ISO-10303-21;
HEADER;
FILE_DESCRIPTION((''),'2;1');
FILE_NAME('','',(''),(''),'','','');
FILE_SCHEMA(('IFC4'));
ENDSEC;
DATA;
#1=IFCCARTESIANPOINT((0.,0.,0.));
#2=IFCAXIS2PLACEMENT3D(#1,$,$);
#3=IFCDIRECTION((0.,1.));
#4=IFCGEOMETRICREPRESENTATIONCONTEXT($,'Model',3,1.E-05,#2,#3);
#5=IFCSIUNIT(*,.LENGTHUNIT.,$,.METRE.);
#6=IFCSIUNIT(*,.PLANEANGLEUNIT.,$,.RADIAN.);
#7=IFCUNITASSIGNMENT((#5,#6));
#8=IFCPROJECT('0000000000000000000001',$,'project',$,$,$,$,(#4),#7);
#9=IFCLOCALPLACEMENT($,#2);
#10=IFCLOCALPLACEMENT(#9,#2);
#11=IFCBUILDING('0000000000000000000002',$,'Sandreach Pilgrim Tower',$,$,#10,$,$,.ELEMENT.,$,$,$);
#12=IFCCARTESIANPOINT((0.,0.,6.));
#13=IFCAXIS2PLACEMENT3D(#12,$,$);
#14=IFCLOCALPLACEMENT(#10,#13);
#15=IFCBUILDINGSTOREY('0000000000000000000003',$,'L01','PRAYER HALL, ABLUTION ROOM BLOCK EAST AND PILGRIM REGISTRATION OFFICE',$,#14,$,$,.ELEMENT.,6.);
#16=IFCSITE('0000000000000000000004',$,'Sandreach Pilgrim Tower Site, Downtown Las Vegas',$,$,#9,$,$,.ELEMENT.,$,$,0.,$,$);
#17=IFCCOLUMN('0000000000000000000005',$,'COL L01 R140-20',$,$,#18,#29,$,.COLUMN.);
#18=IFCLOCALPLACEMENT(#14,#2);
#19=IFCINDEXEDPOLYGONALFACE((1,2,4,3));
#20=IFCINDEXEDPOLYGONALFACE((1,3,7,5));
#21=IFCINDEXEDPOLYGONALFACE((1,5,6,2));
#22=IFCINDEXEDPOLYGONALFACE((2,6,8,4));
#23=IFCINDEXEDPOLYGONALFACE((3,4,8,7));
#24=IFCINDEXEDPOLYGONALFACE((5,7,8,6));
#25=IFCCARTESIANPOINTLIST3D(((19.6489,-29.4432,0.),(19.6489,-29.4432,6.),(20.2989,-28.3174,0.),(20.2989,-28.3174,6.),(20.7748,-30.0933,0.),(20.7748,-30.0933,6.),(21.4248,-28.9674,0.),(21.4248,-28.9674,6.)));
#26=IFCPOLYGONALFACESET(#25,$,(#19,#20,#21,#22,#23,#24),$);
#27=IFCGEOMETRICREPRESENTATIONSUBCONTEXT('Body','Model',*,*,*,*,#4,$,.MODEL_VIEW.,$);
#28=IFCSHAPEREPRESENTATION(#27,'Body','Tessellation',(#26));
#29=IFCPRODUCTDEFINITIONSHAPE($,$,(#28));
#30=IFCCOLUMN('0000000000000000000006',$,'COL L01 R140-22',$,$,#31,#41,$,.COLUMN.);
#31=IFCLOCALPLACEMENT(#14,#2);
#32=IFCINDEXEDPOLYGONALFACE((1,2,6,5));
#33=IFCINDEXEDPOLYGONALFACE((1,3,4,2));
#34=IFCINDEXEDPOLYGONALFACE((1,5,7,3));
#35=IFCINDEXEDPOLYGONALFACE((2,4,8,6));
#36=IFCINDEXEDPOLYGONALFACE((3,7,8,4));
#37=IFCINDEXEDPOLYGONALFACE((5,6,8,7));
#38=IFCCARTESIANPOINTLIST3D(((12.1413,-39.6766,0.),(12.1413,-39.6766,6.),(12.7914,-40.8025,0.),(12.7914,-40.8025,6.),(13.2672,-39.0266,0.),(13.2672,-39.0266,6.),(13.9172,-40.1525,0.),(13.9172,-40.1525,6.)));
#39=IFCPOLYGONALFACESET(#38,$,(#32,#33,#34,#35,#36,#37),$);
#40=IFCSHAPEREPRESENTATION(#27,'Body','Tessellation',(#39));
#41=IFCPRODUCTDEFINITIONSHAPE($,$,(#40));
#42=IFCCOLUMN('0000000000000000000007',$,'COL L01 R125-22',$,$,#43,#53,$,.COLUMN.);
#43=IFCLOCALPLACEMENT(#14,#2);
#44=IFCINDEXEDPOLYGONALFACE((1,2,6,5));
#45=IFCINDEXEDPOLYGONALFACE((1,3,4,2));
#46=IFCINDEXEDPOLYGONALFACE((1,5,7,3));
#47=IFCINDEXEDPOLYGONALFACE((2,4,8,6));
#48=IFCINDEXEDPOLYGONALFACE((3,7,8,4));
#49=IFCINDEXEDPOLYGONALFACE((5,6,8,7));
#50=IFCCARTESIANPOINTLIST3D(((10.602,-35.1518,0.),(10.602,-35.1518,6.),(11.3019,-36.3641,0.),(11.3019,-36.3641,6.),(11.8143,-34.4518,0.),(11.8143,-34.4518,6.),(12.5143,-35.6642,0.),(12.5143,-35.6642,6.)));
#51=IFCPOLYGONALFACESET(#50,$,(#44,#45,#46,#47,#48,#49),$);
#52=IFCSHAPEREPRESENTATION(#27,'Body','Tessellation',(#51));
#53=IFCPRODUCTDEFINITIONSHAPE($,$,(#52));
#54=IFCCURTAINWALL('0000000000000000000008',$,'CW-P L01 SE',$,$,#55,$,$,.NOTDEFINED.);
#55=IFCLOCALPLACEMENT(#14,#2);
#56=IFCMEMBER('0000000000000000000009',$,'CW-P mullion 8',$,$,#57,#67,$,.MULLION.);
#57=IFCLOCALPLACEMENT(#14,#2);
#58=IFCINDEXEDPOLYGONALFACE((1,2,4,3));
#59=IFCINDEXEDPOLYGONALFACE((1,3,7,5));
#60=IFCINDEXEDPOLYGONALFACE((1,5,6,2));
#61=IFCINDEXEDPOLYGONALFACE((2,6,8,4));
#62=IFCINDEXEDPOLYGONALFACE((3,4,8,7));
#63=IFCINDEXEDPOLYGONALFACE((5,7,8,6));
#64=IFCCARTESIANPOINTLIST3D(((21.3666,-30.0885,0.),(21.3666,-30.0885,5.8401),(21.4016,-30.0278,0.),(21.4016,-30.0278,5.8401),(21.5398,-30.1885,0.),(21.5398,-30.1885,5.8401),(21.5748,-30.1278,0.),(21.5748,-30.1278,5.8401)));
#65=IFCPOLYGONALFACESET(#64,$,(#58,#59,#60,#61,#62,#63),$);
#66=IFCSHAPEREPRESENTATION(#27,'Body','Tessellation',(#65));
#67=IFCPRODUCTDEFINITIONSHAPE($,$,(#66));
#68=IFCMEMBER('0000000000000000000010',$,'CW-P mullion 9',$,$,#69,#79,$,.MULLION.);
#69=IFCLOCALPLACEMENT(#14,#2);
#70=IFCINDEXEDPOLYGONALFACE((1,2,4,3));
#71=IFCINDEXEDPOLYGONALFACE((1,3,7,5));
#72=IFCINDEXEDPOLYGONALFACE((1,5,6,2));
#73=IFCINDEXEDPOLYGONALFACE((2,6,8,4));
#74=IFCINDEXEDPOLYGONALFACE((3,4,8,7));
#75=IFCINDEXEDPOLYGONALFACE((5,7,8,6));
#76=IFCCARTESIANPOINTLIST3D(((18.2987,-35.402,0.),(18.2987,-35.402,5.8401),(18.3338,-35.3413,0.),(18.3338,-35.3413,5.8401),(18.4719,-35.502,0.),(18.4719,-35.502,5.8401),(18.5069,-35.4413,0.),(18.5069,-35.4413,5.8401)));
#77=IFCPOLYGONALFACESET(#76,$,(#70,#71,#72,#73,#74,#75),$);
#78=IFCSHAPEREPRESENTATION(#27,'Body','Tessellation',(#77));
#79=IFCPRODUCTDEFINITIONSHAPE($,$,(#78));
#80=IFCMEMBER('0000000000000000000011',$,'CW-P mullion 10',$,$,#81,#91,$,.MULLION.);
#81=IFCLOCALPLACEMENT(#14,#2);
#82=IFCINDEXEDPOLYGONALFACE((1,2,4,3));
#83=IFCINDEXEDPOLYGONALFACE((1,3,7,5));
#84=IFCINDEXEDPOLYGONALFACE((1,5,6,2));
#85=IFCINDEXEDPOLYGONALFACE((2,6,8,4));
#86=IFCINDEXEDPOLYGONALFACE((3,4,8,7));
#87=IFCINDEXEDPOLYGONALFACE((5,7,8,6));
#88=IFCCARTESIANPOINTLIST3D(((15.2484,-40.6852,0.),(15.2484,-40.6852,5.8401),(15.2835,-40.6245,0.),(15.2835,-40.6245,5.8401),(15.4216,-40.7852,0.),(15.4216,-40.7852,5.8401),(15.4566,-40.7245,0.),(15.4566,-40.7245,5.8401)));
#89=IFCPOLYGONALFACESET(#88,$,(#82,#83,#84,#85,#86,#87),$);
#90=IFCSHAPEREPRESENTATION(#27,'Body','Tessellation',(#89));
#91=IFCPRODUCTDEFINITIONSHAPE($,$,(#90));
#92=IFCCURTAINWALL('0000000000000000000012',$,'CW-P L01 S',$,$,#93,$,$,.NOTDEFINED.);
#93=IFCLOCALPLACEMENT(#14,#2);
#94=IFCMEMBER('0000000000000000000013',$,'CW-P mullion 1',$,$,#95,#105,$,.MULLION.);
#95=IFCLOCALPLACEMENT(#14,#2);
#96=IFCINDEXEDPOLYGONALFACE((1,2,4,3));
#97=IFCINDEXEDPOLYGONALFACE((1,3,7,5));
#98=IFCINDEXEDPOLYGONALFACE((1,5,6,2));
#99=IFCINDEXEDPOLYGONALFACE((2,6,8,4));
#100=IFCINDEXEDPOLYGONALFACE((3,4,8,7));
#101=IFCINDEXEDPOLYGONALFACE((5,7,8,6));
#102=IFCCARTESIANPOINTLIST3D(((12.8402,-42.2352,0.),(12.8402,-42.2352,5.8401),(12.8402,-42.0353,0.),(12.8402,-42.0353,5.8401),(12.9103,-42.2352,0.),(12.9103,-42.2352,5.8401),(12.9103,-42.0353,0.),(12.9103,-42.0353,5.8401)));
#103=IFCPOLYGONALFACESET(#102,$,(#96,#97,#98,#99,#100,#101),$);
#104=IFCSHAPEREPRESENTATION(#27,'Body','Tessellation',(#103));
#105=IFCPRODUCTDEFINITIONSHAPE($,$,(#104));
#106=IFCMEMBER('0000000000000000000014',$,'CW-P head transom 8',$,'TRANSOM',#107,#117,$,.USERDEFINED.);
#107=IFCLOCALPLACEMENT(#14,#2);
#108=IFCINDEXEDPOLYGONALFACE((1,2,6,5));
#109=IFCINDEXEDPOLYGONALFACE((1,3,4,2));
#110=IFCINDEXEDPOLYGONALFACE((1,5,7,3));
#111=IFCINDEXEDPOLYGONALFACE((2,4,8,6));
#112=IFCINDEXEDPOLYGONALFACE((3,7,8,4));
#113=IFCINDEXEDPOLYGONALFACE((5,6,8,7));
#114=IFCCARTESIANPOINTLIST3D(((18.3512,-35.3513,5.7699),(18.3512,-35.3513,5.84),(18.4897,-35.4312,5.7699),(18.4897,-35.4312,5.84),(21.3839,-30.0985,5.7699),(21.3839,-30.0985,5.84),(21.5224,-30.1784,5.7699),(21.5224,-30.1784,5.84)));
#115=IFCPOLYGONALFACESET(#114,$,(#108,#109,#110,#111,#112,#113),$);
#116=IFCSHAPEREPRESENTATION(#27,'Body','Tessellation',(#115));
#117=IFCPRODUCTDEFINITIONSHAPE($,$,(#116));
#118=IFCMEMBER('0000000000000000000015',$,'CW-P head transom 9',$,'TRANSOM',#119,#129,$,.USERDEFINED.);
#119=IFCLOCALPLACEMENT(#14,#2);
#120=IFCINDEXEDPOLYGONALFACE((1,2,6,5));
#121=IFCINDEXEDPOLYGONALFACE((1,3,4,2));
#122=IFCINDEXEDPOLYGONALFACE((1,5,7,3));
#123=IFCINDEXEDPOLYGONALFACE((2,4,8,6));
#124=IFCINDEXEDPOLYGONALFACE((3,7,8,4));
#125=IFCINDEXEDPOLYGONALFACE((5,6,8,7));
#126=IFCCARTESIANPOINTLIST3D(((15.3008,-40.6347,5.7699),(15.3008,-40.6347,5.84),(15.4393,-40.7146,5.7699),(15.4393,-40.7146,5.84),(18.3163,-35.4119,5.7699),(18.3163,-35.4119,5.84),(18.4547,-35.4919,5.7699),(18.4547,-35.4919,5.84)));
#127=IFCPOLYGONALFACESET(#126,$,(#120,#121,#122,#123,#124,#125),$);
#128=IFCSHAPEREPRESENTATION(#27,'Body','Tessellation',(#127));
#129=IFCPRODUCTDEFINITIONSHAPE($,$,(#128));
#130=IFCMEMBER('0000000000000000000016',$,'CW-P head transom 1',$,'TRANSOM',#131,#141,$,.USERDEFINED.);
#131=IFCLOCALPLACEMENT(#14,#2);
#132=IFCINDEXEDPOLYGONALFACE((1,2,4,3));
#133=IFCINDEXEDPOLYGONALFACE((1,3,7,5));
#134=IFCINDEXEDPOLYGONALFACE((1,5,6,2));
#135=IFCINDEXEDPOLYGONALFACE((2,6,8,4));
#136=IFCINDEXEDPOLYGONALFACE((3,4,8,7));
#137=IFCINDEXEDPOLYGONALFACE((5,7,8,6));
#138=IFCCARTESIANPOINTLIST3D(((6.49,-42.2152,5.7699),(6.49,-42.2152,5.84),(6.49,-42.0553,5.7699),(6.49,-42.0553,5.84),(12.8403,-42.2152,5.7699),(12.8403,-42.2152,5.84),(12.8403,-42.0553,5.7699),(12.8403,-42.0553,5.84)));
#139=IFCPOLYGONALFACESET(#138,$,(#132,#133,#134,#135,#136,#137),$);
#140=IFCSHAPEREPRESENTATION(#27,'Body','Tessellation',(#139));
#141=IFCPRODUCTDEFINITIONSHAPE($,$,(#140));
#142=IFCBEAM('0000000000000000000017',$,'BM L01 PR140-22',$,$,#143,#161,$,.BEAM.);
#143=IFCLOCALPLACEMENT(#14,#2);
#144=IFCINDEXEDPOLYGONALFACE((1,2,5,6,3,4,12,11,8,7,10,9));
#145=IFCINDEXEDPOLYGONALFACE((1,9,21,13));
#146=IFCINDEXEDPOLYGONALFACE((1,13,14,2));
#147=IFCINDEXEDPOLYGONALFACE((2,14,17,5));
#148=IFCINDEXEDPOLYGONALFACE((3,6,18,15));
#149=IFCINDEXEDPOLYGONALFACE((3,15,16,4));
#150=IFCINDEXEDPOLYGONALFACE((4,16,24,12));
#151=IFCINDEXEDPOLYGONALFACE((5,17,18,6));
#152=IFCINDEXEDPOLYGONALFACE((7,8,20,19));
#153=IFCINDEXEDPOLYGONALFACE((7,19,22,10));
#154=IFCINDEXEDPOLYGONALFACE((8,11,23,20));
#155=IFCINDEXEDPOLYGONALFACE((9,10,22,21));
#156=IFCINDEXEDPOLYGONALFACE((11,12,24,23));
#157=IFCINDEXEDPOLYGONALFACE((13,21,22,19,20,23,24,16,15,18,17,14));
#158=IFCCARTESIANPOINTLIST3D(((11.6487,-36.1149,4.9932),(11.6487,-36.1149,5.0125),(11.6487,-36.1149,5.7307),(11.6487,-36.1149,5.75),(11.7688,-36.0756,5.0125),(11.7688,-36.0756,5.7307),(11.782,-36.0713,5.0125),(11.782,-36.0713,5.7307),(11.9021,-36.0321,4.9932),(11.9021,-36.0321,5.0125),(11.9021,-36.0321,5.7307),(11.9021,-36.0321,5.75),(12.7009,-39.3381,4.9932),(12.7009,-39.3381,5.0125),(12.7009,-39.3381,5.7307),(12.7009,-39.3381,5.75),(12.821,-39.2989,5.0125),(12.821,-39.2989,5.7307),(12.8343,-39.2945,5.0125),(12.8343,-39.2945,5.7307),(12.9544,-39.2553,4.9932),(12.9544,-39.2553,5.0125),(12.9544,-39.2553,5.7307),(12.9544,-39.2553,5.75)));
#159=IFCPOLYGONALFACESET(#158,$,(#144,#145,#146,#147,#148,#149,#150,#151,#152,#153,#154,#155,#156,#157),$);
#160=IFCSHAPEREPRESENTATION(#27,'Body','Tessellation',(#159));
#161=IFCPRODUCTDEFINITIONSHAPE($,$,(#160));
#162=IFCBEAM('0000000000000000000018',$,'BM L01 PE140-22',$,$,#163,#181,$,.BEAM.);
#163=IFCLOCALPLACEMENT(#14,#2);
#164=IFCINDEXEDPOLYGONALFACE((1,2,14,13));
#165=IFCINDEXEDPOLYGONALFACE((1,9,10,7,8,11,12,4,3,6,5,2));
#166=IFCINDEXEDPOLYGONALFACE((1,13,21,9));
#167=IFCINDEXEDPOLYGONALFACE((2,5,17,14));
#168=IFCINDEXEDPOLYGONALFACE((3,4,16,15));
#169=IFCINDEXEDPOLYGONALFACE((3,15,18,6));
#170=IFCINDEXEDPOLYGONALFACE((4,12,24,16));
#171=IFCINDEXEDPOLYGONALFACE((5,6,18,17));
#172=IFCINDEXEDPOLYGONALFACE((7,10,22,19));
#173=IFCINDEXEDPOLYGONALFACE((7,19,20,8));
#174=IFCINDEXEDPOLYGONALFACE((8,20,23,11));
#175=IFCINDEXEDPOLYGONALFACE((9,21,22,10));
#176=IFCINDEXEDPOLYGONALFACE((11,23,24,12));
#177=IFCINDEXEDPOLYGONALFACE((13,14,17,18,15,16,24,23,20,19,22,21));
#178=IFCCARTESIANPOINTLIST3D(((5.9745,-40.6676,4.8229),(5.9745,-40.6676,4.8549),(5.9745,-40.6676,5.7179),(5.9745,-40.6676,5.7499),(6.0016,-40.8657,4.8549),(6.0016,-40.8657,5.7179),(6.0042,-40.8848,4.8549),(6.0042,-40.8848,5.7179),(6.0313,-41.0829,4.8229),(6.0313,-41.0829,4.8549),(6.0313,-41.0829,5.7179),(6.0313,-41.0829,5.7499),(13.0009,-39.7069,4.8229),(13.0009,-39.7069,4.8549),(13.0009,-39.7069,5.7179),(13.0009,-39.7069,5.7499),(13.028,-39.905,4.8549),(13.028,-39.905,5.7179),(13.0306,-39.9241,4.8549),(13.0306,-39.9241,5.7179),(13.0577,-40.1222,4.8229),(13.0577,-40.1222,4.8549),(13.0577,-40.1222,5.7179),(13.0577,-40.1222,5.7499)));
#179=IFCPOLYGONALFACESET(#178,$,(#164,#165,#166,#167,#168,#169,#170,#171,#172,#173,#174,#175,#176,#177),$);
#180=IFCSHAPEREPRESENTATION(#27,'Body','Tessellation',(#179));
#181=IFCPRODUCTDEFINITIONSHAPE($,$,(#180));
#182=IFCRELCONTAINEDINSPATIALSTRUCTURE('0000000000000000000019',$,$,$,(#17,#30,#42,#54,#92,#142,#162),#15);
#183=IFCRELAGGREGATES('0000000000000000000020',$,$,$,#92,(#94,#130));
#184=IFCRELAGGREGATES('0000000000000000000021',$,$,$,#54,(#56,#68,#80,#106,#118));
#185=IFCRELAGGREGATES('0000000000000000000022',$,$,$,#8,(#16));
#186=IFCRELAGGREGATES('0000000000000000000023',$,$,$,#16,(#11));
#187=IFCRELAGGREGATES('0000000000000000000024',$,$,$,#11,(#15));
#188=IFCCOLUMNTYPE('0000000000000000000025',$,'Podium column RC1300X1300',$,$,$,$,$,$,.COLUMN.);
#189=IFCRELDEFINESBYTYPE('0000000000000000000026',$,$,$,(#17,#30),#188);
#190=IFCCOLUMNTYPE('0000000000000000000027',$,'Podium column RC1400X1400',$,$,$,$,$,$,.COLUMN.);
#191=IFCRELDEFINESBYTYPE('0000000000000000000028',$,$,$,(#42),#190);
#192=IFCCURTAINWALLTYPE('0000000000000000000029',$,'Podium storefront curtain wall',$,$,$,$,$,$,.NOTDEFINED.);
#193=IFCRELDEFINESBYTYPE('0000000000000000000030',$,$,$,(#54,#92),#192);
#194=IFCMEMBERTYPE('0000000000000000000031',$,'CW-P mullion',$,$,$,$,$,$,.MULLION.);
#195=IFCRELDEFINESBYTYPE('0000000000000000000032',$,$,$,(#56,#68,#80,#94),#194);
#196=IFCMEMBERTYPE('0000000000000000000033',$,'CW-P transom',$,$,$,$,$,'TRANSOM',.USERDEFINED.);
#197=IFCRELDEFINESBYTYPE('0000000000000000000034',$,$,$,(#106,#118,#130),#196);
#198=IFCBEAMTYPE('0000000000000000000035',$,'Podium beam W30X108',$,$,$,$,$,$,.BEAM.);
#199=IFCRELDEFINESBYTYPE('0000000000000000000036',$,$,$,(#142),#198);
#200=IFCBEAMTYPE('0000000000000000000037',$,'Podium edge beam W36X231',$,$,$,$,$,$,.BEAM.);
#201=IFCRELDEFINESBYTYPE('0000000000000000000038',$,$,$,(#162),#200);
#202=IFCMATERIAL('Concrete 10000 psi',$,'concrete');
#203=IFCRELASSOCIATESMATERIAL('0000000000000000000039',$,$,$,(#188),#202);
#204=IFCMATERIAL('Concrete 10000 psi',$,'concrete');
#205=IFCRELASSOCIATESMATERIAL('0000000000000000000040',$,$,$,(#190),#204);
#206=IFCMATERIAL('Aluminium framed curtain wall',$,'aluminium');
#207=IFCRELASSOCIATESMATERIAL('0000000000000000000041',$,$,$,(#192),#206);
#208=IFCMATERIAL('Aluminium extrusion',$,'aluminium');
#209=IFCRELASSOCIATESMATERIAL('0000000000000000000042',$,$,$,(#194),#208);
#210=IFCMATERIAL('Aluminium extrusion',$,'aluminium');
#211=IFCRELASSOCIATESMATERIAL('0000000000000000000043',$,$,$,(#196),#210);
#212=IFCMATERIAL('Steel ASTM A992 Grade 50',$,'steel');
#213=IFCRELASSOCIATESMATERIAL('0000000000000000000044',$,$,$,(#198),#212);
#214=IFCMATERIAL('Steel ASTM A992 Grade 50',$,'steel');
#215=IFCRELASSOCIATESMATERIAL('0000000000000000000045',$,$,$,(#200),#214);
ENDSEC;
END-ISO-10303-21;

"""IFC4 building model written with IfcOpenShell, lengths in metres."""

from ifc_helpers import new_model, si_unit, direction, frame, origin, origin_2d, place, context, subcontext, project, spatial, rectangle, i_section, extrude, material, material_profile, profile_set, type_object, element, aggregate, save


model = new_model("IFC4")

# Units and contexts
model_context = context("Model", 3, precision=1e-05, world=origin(), true_north=direction((0.0, 1.0)))
body_context = subcontext(model_context, "Body", "Model", "MODEL_VIEW")
ifc_project = project(units=[si_unit("LENGTHUNIT", "METRE"), si_unit("PLANEANGLEUNIT", "RADIAN")], contexts=[model_context])

# Site, building, storey
site_placement = place(None, origin())
site = spatial("IfcSite", under=ifc_project, at=site_placement, Name="Sandreach Pilgrim Tower Site, Downtown Las Vegas", CompositionType="ELEMENT", RefElevation=0.0)
building_placement = place(site_placement, origin())
building = spatial("IfcBuilding", under=site, at=building_placement, Name="Sandreach Pilgrim Tower", CompositionType="ELEMENT")
storey_placement = place(building_placement, frame((0.0, 0.0, 6.0)))
storey = spatial("IfcBuildingStorey", under=building, at=storey_placement, Name="L01", Description="PRAYER HALL, ABLUTION ROOM BLOCK EAST AND PILGRIM REGISTRATION OFFICE", CompositionType="ELEMENT", Elevation=6.0)

# Columns
ifc_material_1 = material(Name="Concrete 10000 psi", Category="concrete")
ifc_material_profile_1 = material_profile(ifc_material_1, rectangle(XDim=1.3, YDim=1.3, at=origin_2d()), Name="RC1300X1300")
ifc_profile_set_1 = profile_set([ifc_material_profile_1], Name="Concrete 10000 psi")
column_type_1 = type_object("IfcColumnType", Name="Podium column RC1300X1300", PredefinedType="COLUMN", material=ifc_profile_set_1)
for number, where, z_axis, x_axis, name in (
    (1, (20.5369, -29.2053, 0.0), (0.0, 0.0, 1.0), (0.866025, -0.5, 0.0), "COL L01 R140-20"),
    (2, (13.0293, -39.9146, 0.0), (0.0, 0.0, 1.0), (0.5, -0.866025, 0.0), "COL L01 R140-22"),
):
    element("IfcColumn", number, at=place(storey_placement, frame(where, z_axis=z_axis, x_axis=x_axis)), inside=storey, type_object=column_type_1, Name=name, PredefinedType="COLUMN", context=body_context, shape_type="SweptSolid", body=[
        extrude(rectangle(XDim=1.3, YDim=1.3, at=origin_2d()), origin(), (0.0, 0.0, 1.0), 6.0),
    ])
ifc_material_2 = material(Name="Concrete 10000 psi", Category="concrete")
ifc_material_profile_2 = material_profile(ifc_material_2, rectangle(XDim=1.3999, YDim=1.3999, at=origin_2d()), Name="RC1400X1400")
ifc_profile_set_2 = profile_set([ifc_material_profile_2], Name="Concrete 10000 psi")
column_type_2 = type_object("IfcColumnType", Name="Podium column RC1400X1400", PredefinedType="COLUMN", material=ifc_profile_set_2)
column_placement = place(storey_placement, frame((11.5581, -35.408, 0.0), z_axis=(0.0, 0.0, 1.0), x_axis=(0.5, -0.866025, 0.0)))
element("IfcColumn", 3, at=column_placement, inside=storey, type_object=column_type_2, Name="COL L01 R125-22", PredefinedType="COLUMN", context=body_context, shape_type="SweptSolid", body=[
    extrude(rectangle(XDim=1.3999, YDim=1.3999, at=origin_2d()), origin(), (0.0, 0.0, 1.0), 6.0),
])

# Curtain wall, members
ifc_material_3 = material(Name="Aluminium framed curtain wall", Category="aluminium")
curtain_wall_type = type_object("IfcCurtainWallType", Name="Podium storefront curtain wall", PredefinedType="NOTDEFINED", material=ifc_material_3)
curtain_wall_1_placement = place(storey_placement, origin())
curtain_wall_1 = element("IfcCurtainWall", 4, at=curtain_wall_1_placement, inside=storey, type_object=curtain_wall_type, Name="CW-P L01 SE", PredefinedType="NOTDEFINED")
ifc_material_4 = material(Name="Aluminium extrusion", Category="aluminium")
ifc_material_profile_3 = material_profile(ifc_material_4, rectangle(XDim=0.0701, YDim=0.2, at=origin_2d()), Name="CW-PM 70X200")
ifc_profile_set_3 = profile_set([ifc_material_profile_3], Name="Aluminium extrusion")
member_type_1 = type_object("IfcMemberType", Name="CW-P mullion", PredefinedType="MULLION", material=ifc_profile_set_3)
member_1_placement = place(storey_placement, frame((21.4707, -30.1082, 0.0), z_axis=(0.0, 0.0, 1.0), x_axis=(-0.5, -0.866025, 0.0)))
member_1 = element("IfcMember", 5, at=member_1_placement, type_object=member_type_1, Name="CW-P mullion 8", PredefinedType="MULLION", context=body_context, shape_type="SweptSolid", body=[
    extrude(rectangle(XDim=0.0701, YDim=0.2, at=origin_2d()), origin(), (0.0, 0.0, 1.0), 5.8401),
])
member_2_placement = place(storey_placement, frame((18.4028, -35.4216, 0.0), z_axis=(0.0, 0.0, 1.0), x_axis=(-0.5, -0.866025, 0.0)))
member_2 = element("IfcMember", 6, at=member_2_placement, type_object=member_type_1, Name="CW-P mullion 9", PredefinedType="MULLION", context=body_context, shape_type="SweptSolid", body=[
    extrude(rectangle(XDim=0.0701, YDim=0.2, at=origin_2d()), origin(), (0.0, 0.0, 1.0), 5.8401),
])
member_3_placement = place(storey_placement, frame((15.3525, -40.7048, 0.0), z_axis=(0.0, 0.0, 1.0), x_axis=(-0.5, -0.866025, 0.0)))
member_3 = element("IfcMember", 7, at=member_3_placement, type_object=member_type_1, Name="CW-P mullion 10", PredefinedType="MULLION", context=body_context, shape_type="SweptSolid", body=[
    extrude(rectangle(XDim=0.0701, YDim=0.2, at=origin_2d()), origin(), (0.0, 0.0, 1.0), 5.8401),
])

# Curtain wall, member
curtain_wall_2_placement = place(storey_placement, origin())
curtain_wall_2 = element("IfcCurtainWall", 8, at=curtain_wall_2_placement, inside=storey, type_object=curtain_wall_type, Name="CW-P L01 S", PredefinedType="NOTDEFINED")
member_4_placement = place(storey_placement, frame((12.8752, -42.1353, 0.0), z_axis=(0.0, 0.0, 1.0), x_axis=(-1.0, 0.0, 0.0)))
member_4 = element("IfcMember", 9, at=member_4_placement, type_object=member_type_1, Name="CW-P mullion 1", PredefinedType="MULLION", context=body_context, shape_type="SweptSolid", body=[
    extrude(rectangle(XDim=0.0701, YDim=0.2, at=origin_2d()), origin(), (0.0, 0.0, 1.0), 5.8401),
])

# Members
ifc_material_5 = material(Name="Aluminium extrusion", Category="aluminium")
ifc_material_profile_4 = material_profile(ifc_material_5, rectangle(XDim=0.1599, YDim=0.0701, at=origin_2d()), Name="CW-PT 160X70")
ifc_profile_set_4 = profile_set([ifc_material_profile_4], Name="Aluminium extrusion")
member_type_2 = type_object("IfcMemberType", Name="CW-P transom", ElementType="TRANSOM", PredefinedType="USERDEFINED", material=ifc_profile_set_4)
member_5_placement = place(storey_placement, frame((21.4531, -30.1384, 5.8049), z_axis=(-0.499992, -0.86603, 0.0), x_axis=(0.86603, -0.499992, 0.0)))
member_5 = element("IfcMember", 10, at=member_5_placement, type_object=member_type_2, Name="CW-P head transom 8", ObjectType="TRANSOM", PredefinedType="USERDEFINED", context=body_context, shape_type="SweptSolid", body=[
    extrude(rectangle(XDim=0.1599, YDim=0.0701, at=origin_2d()), origin(), (0.0, 0.0, 1.0), 6.0654),
])
member_6_placement = place(storey_placement, frame((18.3855, -35.4519, 5.8049), z_axis=(-0.50001, -0.86602, 0.0), x_axis=(0.86602, -0.50001, 0.0)))
member_6 = element("IfcMember", 11, at=member_6_placement, type_object=member_type_2, Name="CW-P head transom 9", ObjectType="TRANSOM", PredefinedType="USERDEFINED", context=body_context, shape_type="SweptSolid", body=[
    extrude(rectangle(XDim=0.1599, YDim=0.0701, at=origin_2d()), origin(), (0.0, 0.0, 1.0), 6.0308),
])
member_7_placement = place(storey_placement, frame((12.8403, -42.1353, 5.8049), z_axis=(-1.0, 0.0, 0.0), x_axis=(0.0, -1.0, 0.0)))
member_7 = element("IfcMember", 12, at=member_7_placement, type_object=member_type_2, Name="CW-P head transom 1", ObjectType="TRANSOM", PredefinedType="USERDEFINED", context=body_context, shape_type="SweptSolid", body=[
    extrude(rectangle(XDim=0.1599, YDim=0.0701, at=origin_2d()), origin(), (0.0, 0.0, 1.0), 6.3503),
])
aggregate(curtain_wall_2, [member_4, member_7])

# Beams
ifc_material_6 = material(Name="Steel ASTM A992 Grade 50", Category="steel")
ifc_material_profile_5 = material_profile(ifc_material_6, i_section(OverallWidth=0.2666, OverallDepth=0.7568, WebThickness=0.0139, FlangeThickness=0.0193, at=origin_2d()), Name="W30X108")
ifc_profile_set_5 = profile_set([ifc_material_profile_5], Name="Steel ASTM A992 Grade 50")
beam_type_1 = type_object("IfcBeamType", Name="Podium beam W30X108", PredefinedType="BEAM", material=ifc_profile_set_5)
beam_1_placement = place(storey_placement, frame((11.7754, -36.0735, 5.3716), z_axis=(0.310346, -0.950624, 0.0), x_axis=(0.950624, 0.310346, 0.0)))
element("IfcBeam", 13, at=beam_1_placement, inside=storey, type_object=beam_type_1, Name="BM L01 PR140-22", PredefinedType="BEAM", context=body_context, shape_type="SweptSolid", body=[
    extrude(i_section(OverallWidth=0.2666, OverallDepth=0.7568, WebThickness=0.0139, FlangeThickness=0.0193, at=origin_2d()), origin(), (0.0, 0.0, 1.0), 3.3906),
])
ifc_material_7 = material(Name="Steel ASTM A992 Grade 50", Category="steel")
ifc_material_profile_6 = material_profile(ifc_material_7, i_section(OverallWidth=0.4192, OverallDepth=0.927, WebThickness=0.0193, FlangeThickness=0.032, at=origin_2d()), Name="W36X231")
ifc_profile_set_6 = profile_set([ifc_material_profile_6], Name="Steel ASTM A992 Grade 50")
beam_type_2 = type_object("IfcBeamType", Name="Podium edge beam W36X231", PredefinedType="BEAM", material=ifc_profile_set_6)
beam_2_placement = place(storey_placement, frame((13.0293, -39.9146, 5.2864), z_axis=(-0.990782, -0.135467, 0.0), x_axis=(0.135467, -0.990782, 0.0)))
element("IfcBeam", 14, at=beam_2_placement, inside=storey, type_object=beam_type_2, Name="BM L01 PE140-22", PredefinedType="BEAM", context=body_context, shape_type="SweptSolid", body=[
    extrude(i_section(OverallWidth=0.4192, OverallDepth=0.927, WebThickness=0.0193, FlangeThickness=0.032, at=origin_2d()), origin(), (0.0, 0.0, 1.0), 7.0918),
])

aggregate(curtain_wall_1, [member_1, member_2, member_3, member_5, member_6])

save(model, "model.ifc")
